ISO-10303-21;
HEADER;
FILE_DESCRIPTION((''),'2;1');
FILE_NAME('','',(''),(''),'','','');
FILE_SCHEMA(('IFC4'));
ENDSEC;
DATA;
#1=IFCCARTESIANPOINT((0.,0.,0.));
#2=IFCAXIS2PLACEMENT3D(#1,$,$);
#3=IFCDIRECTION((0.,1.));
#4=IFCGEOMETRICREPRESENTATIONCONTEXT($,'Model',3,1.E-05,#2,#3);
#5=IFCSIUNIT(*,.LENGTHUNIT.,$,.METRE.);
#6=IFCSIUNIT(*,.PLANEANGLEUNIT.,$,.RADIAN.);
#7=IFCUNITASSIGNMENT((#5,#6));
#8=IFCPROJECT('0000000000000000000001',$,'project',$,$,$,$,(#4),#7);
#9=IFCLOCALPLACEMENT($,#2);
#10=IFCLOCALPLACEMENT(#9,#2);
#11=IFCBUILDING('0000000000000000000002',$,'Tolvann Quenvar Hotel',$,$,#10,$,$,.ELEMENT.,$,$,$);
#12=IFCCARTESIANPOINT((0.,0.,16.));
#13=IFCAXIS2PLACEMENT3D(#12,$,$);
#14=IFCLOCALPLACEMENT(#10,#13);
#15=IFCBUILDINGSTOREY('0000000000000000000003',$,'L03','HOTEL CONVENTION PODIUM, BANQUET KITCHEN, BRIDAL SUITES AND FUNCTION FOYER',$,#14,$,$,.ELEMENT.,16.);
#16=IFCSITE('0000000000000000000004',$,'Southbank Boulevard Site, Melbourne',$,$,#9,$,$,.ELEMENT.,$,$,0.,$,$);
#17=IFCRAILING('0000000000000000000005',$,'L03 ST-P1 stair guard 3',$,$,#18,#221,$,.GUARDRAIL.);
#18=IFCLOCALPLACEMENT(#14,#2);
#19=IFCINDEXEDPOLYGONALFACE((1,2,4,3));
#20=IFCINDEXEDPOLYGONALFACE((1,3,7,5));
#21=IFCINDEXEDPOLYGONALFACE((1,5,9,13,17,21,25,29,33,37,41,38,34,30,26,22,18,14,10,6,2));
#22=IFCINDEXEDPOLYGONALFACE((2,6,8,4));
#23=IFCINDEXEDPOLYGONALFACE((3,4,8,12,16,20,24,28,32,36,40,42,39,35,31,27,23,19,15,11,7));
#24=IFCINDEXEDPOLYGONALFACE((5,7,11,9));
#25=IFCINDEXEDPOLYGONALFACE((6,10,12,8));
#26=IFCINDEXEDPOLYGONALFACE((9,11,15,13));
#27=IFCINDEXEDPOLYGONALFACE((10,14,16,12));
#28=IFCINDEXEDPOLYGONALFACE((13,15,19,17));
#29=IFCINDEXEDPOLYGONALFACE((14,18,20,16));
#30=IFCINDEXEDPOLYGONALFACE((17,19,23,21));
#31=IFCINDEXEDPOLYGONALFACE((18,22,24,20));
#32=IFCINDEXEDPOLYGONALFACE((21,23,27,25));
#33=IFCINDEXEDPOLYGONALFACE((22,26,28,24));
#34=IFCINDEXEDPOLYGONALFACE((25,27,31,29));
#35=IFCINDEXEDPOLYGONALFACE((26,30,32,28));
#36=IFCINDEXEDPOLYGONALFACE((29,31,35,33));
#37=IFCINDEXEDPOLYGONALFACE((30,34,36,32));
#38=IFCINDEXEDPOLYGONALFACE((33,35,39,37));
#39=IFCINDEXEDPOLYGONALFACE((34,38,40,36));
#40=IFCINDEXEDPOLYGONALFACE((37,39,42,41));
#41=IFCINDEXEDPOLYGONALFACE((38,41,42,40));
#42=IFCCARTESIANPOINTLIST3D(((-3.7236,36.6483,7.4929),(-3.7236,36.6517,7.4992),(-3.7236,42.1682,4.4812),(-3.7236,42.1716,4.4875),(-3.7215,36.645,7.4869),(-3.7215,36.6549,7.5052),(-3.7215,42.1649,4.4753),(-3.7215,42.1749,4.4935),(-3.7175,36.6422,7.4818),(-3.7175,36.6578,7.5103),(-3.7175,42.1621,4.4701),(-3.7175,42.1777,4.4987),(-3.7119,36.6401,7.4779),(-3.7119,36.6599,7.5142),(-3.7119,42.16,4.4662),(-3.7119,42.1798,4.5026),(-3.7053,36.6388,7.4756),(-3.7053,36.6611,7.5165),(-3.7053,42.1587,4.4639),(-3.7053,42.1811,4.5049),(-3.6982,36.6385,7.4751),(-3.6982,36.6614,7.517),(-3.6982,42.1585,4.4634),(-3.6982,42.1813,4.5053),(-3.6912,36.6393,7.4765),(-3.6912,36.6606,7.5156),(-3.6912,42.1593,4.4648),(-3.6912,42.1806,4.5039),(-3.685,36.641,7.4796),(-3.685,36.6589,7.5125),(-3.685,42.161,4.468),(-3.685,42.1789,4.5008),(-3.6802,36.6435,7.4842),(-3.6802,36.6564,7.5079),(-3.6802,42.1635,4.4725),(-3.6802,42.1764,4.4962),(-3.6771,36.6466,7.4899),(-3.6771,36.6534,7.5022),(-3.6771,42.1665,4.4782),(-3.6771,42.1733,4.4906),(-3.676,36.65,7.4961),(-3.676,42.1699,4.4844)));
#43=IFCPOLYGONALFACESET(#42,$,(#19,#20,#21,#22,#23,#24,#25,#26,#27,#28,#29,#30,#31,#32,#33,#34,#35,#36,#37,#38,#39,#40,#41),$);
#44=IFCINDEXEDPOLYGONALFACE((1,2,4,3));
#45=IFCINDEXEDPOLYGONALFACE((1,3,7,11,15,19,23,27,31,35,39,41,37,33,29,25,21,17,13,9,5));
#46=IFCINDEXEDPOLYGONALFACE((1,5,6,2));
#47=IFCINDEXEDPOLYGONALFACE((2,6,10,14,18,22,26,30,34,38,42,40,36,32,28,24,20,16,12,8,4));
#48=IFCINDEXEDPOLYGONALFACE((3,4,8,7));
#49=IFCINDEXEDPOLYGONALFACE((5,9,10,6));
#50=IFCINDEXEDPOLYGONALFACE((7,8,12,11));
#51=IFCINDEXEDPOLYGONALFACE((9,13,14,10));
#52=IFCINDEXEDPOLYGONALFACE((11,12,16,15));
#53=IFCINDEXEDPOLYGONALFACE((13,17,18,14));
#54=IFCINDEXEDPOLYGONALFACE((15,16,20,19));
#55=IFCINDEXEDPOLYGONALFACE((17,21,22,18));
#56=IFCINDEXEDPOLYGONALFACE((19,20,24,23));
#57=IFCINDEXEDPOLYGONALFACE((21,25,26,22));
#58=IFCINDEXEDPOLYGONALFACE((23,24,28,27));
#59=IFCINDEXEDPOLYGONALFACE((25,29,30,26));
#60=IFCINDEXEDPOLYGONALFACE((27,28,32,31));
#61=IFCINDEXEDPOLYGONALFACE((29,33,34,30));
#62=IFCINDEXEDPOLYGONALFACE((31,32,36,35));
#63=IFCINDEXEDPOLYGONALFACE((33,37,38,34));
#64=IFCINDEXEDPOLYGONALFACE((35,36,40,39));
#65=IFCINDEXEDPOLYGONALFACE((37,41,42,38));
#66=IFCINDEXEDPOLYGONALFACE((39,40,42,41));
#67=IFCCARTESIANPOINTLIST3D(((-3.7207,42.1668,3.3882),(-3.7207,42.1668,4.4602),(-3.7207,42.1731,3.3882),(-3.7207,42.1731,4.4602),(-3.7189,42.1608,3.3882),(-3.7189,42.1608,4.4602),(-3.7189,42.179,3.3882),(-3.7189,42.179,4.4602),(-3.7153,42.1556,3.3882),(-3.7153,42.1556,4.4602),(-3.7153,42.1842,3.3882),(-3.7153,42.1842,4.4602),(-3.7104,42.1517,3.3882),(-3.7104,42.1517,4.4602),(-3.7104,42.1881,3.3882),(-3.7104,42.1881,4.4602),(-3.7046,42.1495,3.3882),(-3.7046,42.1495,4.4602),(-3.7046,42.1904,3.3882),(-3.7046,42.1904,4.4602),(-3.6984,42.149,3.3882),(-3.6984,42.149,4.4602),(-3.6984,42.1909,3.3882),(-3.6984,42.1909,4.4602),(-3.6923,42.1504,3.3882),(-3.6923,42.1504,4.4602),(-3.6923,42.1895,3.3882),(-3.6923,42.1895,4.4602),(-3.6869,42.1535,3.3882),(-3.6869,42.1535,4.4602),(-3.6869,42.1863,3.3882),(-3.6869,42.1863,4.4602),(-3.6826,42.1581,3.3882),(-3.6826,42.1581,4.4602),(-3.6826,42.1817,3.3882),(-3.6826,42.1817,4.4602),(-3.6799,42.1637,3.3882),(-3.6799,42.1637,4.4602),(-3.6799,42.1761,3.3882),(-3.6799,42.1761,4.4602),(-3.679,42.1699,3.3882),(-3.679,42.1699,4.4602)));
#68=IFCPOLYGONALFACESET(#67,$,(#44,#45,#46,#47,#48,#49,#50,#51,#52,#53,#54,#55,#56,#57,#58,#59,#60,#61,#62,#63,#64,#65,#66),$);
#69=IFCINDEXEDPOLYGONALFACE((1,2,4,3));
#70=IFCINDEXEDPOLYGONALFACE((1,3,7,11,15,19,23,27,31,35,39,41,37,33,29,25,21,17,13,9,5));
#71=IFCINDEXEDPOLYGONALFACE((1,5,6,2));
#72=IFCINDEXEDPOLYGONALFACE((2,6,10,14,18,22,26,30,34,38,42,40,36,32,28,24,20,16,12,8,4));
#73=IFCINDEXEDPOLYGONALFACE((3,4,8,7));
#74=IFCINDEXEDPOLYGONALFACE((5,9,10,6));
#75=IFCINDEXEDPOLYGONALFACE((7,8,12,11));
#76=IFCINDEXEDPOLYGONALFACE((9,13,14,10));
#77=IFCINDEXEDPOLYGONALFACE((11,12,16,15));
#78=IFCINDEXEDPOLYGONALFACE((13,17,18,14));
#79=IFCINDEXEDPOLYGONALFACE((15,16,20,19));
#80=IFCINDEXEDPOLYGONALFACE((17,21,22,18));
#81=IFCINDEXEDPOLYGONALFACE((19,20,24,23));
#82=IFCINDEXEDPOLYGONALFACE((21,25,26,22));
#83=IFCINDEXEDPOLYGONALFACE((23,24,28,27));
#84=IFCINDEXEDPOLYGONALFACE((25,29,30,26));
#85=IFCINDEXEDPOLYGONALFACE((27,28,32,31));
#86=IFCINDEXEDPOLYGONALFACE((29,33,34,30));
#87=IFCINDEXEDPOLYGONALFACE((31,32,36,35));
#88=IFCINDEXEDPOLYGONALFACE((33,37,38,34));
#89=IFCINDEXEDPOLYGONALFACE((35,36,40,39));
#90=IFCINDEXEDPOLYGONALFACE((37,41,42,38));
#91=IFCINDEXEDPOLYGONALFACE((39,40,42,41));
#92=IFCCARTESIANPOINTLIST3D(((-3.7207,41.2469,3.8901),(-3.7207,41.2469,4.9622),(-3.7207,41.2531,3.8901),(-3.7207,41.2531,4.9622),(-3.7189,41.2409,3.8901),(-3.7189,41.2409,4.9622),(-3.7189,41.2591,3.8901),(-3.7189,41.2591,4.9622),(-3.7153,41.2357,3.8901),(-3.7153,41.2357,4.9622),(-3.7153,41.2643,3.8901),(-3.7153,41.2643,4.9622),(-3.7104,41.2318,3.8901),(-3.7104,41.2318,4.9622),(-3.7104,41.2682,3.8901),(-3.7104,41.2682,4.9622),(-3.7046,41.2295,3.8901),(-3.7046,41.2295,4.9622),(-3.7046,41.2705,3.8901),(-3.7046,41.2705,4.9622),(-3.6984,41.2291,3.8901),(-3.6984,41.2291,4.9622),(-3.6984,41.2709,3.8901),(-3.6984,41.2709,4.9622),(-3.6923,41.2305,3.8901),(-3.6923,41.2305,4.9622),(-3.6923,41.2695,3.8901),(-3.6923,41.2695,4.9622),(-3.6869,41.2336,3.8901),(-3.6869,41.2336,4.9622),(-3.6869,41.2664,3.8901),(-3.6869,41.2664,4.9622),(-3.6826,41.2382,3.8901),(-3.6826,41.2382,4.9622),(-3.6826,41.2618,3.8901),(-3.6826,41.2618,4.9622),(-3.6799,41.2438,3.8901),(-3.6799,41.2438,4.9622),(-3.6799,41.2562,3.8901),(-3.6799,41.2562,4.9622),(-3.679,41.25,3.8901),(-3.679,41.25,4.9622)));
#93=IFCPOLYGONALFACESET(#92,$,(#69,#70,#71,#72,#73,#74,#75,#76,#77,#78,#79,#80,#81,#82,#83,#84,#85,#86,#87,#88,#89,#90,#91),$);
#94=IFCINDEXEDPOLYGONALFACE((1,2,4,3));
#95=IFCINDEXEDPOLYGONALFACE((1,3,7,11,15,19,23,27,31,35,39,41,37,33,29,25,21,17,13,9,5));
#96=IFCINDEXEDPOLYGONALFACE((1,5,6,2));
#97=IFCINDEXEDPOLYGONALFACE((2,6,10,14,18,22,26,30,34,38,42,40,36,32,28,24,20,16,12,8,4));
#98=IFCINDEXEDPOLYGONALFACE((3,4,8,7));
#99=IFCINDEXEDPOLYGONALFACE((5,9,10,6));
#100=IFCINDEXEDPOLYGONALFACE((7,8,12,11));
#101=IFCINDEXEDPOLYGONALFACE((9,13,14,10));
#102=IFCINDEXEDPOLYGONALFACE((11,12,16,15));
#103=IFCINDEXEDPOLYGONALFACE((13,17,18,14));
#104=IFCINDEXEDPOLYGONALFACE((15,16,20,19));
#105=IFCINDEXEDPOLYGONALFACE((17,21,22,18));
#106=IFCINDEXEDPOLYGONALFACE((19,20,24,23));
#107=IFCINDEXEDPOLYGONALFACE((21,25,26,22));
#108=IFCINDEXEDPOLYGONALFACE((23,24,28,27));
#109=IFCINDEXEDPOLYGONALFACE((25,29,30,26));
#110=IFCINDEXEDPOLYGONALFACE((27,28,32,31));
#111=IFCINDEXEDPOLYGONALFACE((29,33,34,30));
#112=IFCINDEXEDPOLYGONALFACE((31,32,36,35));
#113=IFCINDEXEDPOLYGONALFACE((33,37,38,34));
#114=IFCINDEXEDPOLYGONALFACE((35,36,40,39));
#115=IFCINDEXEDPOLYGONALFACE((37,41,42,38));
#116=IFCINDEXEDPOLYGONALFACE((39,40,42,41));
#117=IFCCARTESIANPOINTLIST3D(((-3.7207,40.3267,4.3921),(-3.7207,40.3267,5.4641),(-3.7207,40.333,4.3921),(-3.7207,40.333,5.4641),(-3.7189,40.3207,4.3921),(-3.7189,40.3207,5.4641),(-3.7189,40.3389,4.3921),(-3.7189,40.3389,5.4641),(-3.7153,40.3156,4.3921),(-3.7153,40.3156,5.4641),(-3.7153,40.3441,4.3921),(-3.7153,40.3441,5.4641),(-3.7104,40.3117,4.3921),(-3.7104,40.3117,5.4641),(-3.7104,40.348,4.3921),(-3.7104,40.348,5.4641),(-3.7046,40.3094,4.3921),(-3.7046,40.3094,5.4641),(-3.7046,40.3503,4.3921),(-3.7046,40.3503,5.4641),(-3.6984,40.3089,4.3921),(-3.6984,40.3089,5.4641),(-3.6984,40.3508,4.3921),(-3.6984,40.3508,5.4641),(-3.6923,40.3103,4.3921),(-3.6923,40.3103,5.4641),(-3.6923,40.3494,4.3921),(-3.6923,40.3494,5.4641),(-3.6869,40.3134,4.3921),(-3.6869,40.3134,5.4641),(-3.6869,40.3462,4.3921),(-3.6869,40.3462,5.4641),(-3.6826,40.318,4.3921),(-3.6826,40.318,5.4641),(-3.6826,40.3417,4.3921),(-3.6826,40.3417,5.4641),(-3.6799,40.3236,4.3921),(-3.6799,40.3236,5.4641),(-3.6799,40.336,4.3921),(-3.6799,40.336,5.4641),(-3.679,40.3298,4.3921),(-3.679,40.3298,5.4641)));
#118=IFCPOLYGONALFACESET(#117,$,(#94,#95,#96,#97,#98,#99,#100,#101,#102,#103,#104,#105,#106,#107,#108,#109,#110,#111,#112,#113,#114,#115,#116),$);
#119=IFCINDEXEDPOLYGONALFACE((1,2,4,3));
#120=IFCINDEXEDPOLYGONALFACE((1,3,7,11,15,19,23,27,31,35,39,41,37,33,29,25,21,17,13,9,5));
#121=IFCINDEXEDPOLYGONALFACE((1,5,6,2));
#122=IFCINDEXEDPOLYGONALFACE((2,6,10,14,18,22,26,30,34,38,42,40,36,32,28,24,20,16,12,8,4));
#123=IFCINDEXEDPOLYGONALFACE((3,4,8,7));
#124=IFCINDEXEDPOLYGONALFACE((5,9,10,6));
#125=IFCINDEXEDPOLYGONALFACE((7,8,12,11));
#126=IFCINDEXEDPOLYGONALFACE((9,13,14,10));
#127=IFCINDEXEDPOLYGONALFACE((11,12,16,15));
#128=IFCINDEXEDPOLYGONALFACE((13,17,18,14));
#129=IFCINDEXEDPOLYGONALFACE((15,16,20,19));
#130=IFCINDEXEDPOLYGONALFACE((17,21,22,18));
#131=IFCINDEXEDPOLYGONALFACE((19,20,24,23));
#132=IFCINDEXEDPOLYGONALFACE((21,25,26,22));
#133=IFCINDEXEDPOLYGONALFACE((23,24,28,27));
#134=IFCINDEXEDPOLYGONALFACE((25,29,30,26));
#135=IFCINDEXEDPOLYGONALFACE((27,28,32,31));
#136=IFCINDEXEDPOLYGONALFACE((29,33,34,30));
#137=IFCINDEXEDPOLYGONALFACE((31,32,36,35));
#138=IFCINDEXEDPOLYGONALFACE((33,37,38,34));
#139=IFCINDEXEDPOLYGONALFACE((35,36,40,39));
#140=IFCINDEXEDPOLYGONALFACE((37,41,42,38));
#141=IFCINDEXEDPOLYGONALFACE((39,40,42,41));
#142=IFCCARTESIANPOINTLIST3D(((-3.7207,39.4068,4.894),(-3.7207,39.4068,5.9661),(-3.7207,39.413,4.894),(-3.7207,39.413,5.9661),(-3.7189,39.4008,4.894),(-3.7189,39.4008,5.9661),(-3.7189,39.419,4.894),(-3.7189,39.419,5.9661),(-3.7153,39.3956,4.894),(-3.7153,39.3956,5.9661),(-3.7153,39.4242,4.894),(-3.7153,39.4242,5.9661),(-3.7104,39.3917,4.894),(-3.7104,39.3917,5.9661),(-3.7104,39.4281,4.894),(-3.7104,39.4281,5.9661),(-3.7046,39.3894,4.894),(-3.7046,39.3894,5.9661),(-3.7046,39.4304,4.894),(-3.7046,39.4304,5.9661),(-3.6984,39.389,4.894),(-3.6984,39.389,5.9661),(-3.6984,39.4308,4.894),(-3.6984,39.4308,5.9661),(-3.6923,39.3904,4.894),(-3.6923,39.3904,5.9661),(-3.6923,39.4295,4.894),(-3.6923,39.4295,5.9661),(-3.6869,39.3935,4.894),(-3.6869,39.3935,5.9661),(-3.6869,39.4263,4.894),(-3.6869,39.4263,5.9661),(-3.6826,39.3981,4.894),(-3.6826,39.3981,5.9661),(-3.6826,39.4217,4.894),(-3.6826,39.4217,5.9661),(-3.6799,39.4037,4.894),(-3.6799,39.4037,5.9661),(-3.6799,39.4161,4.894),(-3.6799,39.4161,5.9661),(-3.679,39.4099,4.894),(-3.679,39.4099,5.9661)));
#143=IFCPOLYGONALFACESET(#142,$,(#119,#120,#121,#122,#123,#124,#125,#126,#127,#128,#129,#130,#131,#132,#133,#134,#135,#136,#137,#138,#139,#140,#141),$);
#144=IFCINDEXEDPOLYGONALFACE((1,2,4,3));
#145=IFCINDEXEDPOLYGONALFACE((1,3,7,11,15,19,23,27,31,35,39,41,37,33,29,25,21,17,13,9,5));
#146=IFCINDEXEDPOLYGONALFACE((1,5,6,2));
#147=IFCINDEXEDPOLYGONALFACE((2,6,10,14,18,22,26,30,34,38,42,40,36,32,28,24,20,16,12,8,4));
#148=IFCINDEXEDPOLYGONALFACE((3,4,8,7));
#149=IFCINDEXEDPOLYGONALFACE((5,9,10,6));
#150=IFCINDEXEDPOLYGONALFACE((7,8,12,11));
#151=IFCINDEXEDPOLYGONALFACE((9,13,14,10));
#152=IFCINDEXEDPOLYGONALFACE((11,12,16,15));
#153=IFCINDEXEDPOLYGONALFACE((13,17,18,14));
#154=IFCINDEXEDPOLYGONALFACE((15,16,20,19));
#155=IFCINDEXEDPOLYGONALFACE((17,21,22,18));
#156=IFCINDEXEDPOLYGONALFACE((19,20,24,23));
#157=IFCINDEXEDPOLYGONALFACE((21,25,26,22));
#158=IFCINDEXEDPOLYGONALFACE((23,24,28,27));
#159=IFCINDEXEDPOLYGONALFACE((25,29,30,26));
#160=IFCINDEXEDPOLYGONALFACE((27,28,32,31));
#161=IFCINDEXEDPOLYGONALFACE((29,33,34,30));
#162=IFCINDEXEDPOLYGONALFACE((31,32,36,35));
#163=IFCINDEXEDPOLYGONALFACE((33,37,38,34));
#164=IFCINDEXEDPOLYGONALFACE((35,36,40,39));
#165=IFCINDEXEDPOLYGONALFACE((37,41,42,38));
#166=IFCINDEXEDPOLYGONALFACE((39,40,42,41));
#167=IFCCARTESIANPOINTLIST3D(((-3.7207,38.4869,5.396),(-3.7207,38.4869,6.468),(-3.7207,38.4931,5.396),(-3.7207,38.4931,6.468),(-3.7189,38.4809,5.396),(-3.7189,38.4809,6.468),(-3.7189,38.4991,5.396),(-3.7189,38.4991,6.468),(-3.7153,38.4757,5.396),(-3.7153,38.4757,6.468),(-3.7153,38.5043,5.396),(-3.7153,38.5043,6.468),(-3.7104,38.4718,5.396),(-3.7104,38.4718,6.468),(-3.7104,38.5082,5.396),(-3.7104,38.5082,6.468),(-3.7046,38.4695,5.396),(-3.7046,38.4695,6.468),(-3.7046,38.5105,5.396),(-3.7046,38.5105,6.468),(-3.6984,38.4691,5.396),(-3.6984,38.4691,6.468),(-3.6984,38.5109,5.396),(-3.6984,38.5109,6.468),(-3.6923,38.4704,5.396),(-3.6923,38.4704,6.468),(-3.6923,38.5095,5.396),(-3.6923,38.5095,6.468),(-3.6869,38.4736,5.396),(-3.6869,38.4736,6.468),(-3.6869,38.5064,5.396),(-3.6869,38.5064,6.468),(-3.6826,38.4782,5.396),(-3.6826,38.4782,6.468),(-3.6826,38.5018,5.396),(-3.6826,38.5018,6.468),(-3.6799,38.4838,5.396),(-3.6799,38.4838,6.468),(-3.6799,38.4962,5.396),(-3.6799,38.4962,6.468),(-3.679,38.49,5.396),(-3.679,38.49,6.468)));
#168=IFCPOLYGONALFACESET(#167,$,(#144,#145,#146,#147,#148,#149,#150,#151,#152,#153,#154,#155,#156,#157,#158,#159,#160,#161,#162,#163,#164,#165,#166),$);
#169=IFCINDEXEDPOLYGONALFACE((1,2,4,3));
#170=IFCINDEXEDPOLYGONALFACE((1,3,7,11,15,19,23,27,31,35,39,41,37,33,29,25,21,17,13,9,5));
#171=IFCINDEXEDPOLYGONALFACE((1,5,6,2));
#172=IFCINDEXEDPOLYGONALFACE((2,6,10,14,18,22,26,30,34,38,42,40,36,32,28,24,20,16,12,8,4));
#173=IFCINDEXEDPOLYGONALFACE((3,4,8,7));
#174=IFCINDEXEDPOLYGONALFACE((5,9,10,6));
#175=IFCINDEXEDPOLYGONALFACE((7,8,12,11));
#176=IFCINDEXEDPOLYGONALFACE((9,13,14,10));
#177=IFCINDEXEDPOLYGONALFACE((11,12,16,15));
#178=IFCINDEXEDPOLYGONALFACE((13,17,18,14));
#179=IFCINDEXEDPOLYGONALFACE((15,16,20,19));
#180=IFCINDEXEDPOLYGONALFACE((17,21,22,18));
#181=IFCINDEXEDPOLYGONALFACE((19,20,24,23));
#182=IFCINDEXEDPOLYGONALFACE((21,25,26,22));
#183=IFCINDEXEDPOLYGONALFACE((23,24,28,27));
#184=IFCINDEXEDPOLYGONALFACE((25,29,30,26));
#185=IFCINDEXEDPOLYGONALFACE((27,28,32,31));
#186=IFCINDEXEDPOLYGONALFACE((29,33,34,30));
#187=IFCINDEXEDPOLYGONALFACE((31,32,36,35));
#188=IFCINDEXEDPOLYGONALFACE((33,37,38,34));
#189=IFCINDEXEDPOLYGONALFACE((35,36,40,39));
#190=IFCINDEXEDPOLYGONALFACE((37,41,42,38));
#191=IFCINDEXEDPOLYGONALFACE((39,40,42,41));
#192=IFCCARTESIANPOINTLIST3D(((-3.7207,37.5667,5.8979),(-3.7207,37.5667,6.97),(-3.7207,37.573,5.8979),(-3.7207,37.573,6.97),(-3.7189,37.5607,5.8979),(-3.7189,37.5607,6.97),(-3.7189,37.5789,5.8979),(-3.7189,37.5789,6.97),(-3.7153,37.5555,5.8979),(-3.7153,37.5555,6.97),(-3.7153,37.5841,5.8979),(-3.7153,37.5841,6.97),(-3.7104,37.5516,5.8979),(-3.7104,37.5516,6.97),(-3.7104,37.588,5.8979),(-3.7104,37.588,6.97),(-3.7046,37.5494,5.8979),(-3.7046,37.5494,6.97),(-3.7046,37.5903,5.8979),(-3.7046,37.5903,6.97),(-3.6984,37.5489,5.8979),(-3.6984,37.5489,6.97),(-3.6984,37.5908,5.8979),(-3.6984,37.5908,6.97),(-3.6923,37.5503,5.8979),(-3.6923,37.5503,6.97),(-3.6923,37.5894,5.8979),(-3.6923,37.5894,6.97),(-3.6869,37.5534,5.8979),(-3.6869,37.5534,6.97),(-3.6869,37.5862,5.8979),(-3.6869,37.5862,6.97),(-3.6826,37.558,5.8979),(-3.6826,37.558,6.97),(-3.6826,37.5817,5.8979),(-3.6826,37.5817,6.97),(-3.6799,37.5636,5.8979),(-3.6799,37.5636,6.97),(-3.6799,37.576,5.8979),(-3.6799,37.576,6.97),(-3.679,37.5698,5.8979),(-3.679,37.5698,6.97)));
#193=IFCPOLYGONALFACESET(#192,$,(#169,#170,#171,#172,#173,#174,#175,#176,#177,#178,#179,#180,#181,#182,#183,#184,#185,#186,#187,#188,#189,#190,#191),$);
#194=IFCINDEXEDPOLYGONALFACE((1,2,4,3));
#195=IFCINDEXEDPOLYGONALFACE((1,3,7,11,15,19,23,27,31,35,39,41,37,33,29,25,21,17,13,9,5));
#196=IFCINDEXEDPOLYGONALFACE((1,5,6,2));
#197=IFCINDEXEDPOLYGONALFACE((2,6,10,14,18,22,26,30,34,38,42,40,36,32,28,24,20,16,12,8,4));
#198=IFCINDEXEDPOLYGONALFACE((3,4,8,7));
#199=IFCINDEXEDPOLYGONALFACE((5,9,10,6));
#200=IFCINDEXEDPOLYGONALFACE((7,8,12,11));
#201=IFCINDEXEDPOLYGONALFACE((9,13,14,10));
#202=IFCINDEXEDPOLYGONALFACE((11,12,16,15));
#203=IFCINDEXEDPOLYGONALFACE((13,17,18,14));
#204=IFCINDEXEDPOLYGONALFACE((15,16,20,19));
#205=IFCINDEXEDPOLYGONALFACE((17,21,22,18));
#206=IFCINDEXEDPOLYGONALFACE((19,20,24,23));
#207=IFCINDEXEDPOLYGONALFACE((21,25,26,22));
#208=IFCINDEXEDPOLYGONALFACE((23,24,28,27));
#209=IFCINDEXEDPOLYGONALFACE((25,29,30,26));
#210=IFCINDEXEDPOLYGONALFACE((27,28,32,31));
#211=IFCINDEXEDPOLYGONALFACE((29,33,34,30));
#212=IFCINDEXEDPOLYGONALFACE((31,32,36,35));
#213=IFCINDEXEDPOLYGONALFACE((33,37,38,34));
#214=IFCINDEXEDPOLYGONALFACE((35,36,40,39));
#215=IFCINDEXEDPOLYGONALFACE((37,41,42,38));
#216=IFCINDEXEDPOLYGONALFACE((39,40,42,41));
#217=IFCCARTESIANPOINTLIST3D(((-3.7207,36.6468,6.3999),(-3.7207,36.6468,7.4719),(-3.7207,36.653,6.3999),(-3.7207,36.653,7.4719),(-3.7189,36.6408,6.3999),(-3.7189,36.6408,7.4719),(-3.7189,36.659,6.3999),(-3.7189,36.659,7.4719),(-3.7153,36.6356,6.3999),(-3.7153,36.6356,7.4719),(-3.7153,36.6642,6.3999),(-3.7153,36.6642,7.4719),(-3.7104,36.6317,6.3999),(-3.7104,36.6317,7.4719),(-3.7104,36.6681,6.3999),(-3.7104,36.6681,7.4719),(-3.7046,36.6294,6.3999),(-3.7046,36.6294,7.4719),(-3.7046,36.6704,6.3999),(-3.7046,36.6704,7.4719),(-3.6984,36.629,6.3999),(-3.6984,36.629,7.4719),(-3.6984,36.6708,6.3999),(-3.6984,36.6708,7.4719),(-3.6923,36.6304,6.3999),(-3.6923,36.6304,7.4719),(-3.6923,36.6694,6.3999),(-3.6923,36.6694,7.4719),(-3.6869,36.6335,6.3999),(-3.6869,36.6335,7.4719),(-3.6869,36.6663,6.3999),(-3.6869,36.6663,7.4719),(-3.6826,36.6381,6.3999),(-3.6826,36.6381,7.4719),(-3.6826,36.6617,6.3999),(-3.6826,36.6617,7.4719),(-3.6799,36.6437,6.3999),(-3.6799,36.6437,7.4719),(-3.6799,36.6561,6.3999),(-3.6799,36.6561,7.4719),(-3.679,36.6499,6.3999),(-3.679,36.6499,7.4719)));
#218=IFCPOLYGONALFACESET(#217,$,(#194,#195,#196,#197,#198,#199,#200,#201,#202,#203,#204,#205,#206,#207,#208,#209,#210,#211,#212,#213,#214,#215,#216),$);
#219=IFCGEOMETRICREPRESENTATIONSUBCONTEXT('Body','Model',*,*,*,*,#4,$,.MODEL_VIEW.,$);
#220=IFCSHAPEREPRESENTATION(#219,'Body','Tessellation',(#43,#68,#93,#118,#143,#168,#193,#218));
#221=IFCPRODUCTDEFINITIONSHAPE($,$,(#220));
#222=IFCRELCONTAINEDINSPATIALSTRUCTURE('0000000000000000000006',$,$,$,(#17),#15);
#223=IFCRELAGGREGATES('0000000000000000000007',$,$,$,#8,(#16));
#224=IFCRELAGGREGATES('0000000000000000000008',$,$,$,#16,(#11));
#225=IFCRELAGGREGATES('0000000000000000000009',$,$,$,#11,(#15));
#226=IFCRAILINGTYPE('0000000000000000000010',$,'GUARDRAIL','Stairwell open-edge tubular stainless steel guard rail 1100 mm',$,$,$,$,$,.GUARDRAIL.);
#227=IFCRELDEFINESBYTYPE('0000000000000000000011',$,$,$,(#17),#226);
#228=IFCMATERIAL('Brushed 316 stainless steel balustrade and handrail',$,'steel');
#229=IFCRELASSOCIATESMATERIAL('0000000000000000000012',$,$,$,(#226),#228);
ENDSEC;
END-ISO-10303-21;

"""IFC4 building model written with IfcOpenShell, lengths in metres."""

from ifc_helpers import new_model, si_unit, direction, frame, origin, origin_2d, place, context, subcontext, project, spatial, circle, extrude, material, type_object, element, save


model = new_model("IFC4")

# Units and contexts
model_context = context("Model", 3, precision=1e-05, world=origin(), true_north=direction((0.0, 1.0)))
body_context = subcontext(model_context, "Body", "Model", "MODEL_VIEW")
ifc_project = project(units=[si_unit("LENGTHUNIT", "METRE"), si_unit("PLANEANGLEUNIT", "RADIAN")], contexts=[model_context])

# Site, building, storey
site_placement = place(None, origin())
site = spatial("IfcSite", under=ifc_project, at=site_placement, Name="Southbank Boulevard Site, Melbourne", CompositionType="ELEMENT", RefElevation=0.0)
building_placement = place(site_placement, origin())
building = spatial("IfcBuilding", under=site, at=building_placement, Name="Tolvann Quenvar Hotel", CompositionType="ELEMENT")
storey_placement = place(building_placement, frame((0.0, 0.0, 16.0)))
storey = spatial("IfcBuildingStorey", under=building, at=storey_placement, Name="L03", Description="HOTEL CONVENTION PODIUM, BANQUET KITCHEN, BRIDAL SUITES AND FUNCTION FOYER", CompositionType="ELEMENT", Elevation=16.0)

# Railing
ifc_material_1 = material(Name="Brushed 316 stainless steel balustrade and handrail", Category="steel")
railing_type = type_object("IfcRailingType", Name="GUARDRAIL", Description="Stairwell open-edge tubular stainless steel guard rail 1100 mm", PredefinedType="GUARDRAIL", material=ifc_material_1)
railing_1_placement = place(storey_placement, frame((-3.7, 42.1699, 3.3882)))
element("IfcRailing", 1, at=railing_1_placement, inside=storey, type_object=railing_type, Name="L03 ST-P1 stair guard 3", PredefinedType="GUARDRAIL", context=body_context, shape_type="SweptSolid", body=[
    extrude(circle(Radius=0.0239, at=origin_2d()), frame((0.0, 0.0, 1.0962), z_axis=(0.0, -0.877842, 0.47895), x_axis=(1.0, 0.0, 0.0)), (0.0, 0.0, 1.0), 6.2881),
    extrude(circle(Radius=0.021, at=origin_2d()), origin(), (0.0, 0.0, 1.0), 1.072),
    extrude(circle(Radius=0.021, at=origin_2d()), frame((0.0, -0.9199, 0.502)), (0.0, 0.0, 1.0), 1.072),
    extrude(circle(Radius=0.021, at=origin_2d()), frame((0.0, -1.8401, 1.0039)), (0.0, 0.0, 1.0), 1.072),
    extrude(circle(Radius=0.021, at=origin_2d()), frame((0.0, -2.76, 1.5059)), (0.0, 0.0, 1.0), 1.072),
    extrude(circle(Radius=0.021, at=origin_2d()), frame((0.0, -3.6799, 2.0078)), (0.0, 0.0, 1.0), 1.072),
    extrude(circle(Radius=0.021, at=origin_2d()), frame((0.0, -4.6001, 2.5098)), (0.0, 0.0, 1.0), 1.072),
    extrude(circle(Radius=0.021, at=origin_2d()), frame((0.0, -5.52, 3.0117)), (0.0, 0.0, 1.0), 1.072),
])

save(model, "model.ifc")
